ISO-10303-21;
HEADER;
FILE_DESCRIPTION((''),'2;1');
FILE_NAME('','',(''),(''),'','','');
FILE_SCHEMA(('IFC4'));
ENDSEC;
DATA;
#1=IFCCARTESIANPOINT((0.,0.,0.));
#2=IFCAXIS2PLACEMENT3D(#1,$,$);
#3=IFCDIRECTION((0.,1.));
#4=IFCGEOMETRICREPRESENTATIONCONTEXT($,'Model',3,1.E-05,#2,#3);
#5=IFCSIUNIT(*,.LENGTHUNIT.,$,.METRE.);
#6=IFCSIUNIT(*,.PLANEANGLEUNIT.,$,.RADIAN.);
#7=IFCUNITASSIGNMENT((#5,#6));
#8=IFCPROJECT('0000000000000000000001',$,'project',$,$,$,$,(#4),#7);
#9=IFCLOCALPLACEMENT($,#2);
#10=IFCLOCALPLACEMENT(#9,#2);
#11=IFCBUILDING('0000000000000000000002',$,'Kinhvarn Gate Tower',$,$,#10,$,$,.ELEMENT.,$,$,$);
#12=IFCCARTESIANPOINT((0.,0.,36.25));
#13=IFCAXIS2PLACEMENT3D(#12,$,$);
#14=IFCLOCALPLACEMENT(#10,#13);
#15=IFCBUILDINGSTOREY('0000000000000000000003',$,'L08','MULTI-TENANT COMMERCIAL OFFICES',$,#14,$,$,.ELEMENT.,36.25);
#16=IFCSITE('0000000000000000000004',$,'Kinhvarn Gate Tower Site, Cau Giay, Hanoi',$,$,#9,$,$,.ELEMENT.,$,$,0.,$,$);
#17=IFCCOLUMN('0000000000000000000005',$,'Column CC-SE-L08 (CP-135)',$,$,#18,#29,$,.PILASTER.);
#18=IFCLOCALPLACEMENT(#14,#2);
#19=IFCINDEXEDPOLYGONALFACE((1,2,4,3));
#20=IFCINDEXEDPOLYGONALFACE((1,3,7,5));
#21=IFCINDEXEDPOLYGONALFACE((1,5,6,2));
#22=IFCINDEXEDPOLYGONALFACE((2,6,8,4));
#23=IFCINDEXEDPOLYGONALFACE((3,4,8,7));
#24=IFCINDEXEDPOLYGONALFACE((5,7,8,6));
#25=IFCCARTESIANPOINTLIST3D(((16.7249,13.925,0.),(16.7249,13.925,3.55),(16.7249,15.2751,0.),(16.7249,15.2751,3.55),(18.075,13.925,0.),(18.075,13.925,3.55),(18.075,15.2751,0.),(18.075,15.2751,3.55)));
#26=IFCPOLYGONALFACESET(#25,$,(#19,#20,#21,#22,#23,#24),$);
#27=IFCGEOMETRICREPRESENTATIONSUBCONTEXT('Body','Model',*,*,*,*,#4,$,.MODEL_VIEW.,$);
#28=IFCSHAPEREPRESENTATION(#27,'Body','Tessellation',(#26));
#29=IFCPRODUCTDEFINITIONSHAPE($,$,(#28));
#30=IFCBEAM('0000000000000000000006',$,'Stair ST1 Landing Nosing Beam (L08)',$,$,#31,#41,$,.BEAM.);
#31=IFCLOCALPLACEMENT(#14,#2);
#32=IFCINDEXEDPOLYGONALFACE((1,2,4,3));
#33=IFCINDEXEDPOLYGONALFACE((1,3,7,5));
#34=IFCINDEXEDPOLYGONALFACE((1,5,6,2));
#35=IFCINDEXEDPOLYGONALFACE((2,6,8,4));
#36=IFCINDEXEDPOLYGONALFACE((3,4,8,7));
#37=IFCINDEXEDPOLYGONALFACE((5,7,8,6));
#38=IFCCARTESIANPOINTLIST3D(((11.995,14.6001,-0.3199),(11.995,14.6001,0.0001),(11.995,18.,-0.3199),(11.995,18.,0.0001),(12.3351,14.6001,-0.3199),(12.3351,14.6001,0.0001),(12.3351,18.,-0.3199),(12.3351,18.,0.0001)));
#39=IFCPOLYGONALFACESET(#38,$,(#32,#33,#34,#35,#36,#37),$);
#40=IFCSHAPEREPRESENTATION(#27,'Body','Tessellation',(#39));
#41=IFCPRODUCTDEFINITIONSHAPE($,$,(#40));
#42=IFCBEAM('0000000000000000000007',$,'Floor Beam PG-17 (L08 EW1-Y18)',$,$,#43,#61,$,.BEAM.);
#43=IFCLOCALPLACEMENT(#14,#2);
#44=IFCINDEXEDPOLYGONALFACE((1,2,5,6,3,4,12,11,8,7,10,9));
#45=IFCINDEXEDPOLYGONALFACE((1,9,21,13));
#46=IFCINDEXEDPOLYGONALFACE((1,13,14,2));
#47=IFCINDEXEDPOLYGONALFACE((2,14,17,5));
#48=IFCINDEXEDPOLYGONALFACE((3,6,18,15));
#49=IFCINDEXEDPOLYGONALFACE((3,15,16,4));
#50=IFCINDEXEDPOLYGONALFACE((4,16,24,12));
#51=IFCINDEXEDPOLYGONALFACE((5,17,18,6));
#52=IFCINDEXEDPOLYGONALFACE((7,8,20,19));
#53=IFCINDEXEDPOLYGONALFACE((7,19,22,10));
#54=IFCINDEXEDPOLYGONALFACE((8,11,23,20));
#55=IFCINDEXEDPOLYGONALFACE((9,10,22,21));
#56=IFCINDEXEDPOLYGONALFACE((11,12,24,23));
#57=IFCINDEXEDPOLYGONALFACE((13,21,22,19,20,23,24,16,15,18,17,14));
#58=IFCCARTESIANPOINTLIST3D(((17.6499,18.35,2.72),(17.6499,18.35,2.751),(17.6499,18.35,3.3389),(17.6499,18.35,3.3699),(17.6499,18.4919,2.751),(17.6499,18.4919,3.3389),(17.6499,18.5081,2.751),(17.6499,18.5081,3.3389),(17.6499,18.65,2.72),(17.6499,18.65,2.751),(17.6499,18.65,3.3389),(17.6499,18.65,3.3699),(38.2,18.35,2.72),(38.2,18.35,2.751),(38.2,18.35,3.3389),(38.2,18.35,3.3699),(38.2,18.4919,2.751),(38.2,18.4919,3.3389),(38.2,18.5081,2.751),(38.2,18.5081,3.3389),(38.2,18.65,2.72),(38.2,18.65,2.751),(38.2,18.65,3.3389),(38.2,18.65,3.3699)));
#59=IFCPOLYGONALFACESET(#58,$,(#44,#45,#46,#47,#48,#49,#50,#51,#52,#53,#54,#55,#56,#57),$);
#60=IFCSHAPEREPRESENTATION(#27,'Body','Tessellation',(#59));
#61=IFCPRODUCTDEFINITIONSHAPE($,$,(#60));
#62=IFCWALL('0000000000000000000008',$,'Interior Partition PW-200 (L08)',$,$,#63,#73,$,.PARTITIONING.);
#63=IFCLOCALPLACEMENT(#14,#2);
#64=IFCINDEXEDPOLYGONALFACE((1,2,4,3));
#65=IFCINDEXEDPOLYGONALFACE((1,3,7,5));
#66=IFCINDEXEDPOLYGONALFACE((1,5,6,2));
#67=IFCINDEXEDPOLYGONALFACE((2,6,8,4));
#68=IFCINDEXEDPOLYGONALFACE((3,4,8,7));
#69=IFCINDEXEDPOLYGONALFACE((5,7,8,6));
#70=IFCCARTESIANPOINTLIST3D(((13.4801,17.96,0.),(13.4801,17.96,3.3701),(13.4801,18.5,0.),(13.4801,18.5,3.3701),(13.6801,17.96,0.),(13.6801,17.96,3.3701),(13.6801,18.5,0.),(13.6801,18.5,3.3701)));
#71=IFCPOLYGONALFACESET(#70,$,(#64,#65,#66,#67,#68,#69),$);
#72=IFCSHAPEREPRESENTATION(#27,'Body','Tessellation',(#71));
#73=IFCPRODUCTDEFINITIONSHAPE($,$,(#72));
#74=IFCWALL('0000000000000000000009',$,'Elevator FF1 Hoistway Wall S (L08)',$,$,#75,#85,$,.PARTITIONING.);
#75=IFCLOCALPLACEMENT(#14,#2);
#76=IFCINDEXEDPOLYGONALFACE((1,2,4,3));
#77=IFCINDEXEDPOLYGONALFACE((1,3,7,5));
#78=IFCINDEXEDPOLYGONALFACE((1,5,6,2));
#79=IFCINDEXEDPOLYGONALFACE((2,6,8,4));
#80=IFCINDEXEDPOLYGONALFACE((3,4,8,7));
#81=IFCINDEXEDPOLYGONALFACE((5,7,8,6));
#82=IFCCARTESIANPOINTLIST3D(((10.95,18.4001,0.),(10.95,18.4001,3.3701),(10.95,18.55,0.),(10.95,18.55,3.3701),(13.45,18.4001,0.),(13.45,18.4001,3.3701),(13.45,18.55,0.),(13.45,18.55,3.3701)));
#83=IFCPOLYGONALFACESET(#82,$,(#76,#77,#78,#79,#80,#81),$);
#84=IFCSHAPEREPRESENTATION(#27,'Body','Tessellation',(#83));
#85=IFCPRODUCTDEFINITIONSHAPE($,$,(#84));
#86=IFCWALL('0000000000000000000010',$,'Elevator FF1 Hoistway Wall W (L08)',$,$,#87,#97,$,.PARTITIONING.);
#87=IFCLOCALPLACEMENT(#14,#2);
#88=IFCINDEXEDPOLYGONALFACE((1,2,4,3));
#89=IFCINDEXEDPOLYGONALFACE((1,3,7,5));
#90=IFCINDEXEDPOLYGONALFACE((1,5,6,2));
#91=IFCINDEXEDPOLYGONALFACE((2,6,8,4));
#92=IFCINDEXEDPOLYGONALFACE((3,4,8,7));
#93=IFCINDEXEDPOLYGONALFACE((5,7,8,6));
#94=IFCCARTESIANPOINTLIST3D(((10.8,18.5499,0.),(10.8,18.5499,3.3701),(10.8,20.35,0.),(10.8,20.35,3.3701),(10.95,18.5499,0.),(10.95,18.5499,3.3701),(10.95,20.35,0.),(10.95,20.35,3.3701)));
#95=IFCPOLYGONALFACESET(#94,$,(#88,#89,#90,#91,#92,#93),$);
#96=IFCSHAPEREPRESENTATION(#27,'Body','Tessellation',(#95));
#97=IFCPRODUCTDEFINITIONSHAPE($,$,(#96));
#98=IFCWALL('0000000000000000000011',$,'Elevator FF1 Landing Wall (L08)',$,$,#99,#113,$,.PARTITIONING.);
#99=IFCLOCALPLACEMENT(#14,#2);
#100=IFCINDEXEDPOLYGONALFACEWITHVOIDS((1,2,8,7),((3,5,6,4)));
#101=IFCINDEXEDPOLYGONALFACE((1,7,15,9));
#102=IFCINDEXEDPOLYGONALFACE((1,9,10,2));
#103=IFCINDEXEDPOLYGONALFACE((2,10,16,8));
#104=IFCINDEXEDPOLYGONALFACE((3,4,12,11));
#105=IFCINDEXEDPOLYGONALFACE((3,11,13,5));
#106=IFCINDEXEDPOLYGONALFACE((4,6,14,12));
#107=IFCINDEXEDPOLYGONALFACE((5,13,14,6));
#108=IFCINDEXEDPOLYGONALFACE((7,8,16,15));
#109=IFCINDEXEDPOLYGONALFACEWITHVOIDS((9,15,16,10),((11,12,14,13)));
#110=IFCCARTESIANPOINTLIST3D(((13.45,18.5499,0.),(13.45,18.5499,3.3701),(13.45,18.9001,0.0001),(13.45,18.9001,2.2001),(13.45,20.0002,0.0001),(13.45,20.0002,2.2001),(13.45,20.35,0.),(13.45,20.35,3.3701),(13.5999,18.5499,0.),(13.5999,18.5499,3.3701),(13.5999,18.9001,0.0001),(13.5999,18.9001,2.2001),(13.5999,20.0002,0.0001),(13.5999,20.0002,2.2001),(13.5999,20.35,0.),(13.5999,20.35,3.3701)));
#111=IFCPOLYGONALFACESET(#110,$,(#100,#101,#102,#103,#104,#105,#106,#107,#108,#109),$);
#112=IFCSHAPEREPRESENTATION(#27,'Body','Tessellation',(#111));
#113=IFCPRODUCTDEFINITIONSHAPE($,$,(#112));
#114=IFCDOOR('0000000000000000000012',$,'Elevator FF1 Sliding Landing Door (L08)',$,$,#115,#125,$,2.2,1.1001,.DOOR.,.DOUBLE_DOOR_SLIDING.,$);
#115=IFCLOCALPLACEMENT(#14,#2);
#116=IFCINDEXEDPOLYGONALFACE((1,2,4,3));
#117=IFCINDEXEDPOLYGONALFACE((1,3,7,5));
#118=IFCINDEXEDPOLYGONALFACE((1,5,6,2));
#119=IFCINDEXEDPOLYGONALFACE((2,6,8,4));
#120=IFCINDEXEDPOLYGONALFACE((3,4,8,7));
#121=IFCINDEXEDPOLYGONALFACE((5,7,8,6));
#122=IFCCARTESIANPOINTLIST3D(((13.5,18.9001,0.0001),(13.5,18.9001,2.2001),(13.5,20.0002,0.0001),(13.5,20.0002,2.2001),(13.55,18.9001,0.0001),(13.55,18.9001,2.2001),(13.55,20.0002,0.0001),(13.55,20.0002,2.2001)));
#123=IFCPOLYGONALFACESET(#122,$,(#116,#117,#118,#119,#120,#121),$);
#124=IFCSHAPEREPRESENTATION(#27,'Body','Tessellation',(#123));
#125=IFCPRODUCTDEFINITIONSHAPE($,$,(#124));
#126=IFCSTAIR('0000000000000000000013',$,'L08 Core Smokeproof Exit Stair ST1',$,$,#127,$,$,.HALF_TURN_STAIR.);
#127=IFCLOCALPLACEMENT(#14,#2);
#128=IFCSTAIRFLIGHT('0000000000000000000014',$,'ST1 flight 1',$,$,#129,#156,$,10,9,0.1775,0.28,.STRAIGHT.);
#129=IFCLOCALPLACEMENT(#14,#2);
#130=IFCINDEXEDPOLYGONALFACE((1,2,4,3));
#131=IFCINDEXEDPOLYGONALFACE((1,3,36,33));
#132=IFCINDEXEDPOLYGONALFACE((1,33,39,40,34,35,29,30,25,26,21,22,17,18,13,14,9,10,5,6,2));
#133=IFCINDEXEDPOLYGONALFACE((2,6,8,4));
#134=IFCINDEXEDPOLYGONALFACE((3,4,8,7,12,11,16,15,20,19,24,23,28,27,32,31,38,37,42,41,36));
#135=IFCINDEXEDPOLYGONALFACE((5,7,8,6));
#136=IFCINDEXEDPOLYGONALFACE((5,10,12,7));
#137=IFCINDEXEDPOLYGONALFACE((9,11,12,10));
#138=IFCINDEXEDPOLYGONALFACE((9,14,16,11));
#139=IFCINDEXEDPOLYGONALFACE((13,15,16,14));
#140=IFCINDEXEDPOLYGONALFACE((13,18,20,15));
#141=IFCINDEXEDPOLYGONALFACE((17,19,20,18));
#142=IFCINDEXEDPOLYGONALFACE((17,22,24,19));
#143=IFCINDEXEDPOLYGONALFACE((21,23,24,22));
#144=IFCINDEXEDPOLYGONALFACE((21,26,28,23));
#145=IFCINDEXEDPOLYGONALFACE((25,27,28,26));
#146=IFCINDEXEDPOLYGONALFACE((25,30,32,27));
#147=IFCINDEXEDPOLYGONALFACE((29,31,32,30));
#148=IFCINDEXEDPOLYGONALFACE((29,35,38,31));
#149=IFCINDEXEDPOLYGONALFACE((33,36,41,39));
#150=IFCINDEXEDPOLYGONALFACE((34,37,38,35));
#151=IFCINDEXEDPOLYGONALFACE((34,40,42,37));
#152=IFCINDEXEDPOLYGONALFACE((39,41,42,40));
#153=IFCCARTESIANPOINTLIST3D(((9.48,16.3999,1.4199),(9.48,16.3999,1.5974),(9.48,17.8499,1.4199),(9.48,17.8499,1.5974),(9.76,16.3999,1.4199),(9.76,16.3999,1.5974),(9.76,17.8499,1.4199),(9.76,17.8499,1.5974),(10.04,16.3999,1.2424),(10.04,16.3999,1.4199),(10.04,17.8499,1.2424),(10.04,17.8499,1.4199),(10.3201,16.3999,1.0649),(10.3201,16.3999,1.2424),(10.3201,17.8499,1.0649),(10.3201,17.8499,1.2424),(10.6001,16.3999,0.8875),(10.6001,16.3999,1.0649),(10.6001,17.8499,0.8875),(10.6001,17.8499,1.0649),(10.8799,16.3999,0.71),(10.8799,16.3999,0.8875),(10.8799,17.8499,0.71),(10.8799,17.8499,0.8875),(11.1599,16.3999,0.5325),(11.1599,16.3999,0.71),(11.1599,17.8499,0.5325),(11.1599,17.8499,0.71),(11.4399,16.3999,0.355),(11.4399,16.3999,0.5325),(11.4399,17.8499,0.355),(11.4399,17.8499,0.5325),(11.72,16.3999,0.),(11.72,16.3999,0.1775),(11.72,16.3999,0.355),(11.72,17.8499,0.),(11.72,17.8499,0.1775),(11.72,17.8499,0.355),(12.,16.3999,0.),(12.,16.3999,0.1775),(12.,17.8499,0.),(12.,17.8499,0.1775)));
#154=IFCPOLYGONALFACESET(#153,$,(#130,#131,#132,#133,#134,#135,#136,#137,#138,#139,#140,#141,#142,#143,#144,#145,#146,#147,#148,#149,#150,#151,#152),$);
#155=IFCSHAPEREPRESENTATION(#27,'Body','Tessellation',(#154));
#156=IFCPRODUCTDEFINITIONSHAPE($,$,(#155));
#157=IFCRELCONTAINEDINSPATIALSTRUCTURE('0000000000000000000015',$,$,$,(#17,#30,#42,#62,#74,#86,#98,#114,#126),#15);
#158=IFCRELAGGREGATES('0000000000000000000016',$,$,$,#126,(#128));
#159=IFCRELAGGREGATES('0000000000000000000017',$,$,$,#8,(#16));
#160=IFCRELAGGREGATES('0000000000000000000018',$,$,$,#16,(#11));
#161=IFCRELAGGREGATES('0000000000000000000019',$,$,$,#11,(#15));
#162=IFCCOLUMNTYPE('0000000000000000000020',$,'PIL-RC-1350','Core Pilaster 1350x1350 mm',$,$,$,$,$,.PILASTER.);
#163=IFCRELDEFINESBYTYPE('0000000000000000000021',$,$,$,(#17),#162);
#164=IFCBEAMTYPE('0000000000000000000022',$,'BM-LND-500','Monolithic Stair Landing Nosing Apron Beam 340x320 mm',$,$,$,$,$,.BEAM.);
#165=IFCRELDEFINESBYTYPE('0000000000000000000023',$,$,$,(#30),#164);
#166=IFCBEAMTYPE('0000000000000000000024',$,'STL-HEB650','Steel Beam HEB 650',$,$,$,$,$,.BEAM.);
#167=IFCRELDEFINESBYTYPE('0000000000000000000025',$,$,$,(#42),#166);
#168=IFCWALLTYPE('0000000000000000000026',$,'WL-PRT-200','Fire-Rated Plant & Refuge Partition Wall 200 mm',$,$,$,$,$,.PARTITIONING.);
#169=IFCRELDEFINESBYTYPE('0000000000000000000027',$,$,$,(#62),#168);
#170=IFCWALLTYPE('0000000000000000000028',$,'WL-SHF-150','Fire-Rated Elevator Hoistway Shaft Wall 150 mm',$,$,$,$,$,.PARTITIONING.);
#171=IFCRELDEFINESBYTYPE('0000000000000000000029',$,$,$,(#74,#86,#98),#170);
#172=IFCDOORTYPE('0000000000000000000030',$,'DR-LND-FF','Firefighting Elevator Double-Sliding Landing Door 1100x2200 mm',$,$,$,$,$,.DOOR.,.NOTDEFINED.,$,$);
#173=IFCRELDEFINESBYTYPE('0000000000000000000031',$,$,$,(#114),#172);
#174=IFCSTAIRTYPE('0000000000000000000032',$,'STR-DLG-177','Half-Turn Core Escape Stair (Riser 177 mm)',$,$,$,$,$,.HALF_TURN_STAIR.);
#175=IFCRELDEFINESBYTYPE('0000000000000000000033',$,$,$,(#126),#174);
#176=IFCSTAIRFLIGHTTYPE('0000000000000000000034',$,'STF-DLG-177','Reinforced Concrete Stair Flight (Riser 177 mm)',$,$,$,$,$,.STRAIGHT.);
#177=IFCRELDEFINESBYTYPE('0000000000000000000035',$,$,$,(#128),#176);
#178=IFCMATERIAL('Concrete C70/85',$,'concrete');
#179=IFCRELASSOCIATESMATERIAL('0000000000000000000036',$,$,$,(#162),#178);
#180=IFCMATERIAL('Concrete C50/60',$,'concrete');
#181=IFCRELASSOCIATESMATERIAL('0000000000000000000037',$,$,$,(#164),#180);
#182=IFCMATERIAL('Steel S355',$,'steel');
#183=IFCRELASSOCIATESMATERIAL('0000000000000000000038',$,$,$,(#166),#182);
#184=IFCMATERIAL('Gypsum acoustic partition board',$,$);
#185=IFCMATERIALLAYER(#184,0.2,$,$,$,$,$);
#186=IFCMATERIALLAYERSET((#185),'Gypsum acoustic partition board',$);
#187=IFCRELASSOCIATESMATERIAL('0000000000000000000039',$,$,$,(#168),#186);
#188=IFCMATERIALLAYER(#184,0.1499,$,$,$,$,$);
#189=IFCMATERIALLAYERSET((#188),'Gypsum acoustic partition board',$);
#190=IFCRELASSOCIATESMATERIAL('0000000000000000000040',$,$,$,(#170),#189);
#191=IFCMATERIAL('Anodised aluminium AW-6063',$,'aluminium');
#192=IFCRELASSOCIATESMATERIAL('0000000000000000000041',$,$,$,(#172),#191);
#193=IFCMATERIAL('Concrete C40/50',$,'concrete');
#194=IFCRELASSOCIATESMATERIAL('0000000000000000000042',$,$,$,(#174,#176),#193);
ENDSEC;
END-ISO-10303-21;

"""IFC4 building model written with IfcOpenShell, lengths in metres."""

from ifc_helpers import new_model, si_unit, direction, frame, frame_2d, origin, origin_2d, place, context, subcontext, project, spatial, polyline, rectangle, i_section, outline, extrude, material, layer, layer_set, material_profile, profile_set, type_object, element, fill, aggregate, save


model = new_model("IFC4")

# Units and contexts
model_context = context("Model", 3, precision=1e-05, world=origin(), true_north=direction((0.0, 1.0)))
body_context = subcontext(model_context, "Body", "Model", "MODEL_VIEW")
ifc_project = project(units=[si_unit("LENGTHUNIT", "METRE"), si_unit("PLANEANGLEUNIT", "RADIAN")], contexts=[model_context])

# Site, building, storey
site_placement = place(None, origin())
site = spatial("IfcSite", under=ifc_project, at=site_placement, Name="Kinhvarn Gate Tower Site, Cau Giay, Hanoi", CompositionType="ELEMENT", RefElevation=0.0)
building_placement = place(site_placement, origin())
building = spatial("IfcBuilding", under=site, at=building_placement, Name="Kinhvarn Gate Tower", CompositionType="ELEMENT")
storey_placement = place(building_placement, frame((0.0, 0.0, 36.25)))
storey = spatial("IfcBuildingStorey", under=building, at=storey_placement, Name="L08", Description="MULTI-TENANT COMMERCIAL OFFICES", CompositionType="ELEMENT", Elevation=36.25)

# Column
ifc_material_1 = material(Name="Concrete C70/85", Category="concrete")
ifc_material_profile_1 = material_profile(ifc_material_1, rectangle(XDim=1.3501, YDim=1.3501, at=origin_2d()), Name="RC 1350x1350")
ifc_profile_set_1 = profile_set([ifc_material_profile_1], Name="Concrete C70/85")
column_type = type_object("IfcColumnType", Name="PIL-RC-1350", Description="Core Pilaster 1350x1350 mm", PredefinedType="PILASTER", material=ifc_profile_set_1)
column_placement = place(storey_placement, frame((17.3999, 14.6001, 0.0), z_axis=(0.0, 0.0, 1.0), x_axis=(1.0, 0.0, 0.0)))
element("IfcColumn", 1, at=column_placement, inside=storey, type_object=column_type, Name="Column CC-SE-L08 (CP-135)", PredefinedType="PILASTER", context=body_context, shape_type="SweptSolid", body=[
    extrude(rectangle(XDim=1.3501, YDim=1.3501, at=origin_2d()), origin(), (0.0, 0.0, 1.0), 3.55),
])

# Beams
ifc_material_2 = material(Name="Concrete C50/60", Category="concrete")
ifc_material_profile_2 = material_profile(ifc_material_2, rectangle(XDim=0.3401, YDim=0.3201, at=origin_2d()), Name="RC 340x320")
ifc_profile_set_2 = profile_set([ifc_material_profile_2], Name="Concrete C50/60")
beam_type_1 = type_object("IfcBeamType", Name="BM-LND-500", Description="Monolithic Stair Landing Nosing Apron Beam 340x320 mm", PredefinedType="BEAM", material=ifc_profile_set_2)
beam_1_placement = place(storey_placement, frame((12.165, 14.6001, -0.1599), z_axis=(0.0, 1.0, 0.0), x_axis=(-1.0, 0.0, 0.0)))
element("IfcBeam", 2, at=beam_1_placement, inside=storey, type_object=beam_type_1, Name="Stair ST1 Landing Nosing Beam (L08)", PredefinedType="BEAM", context=body_context, shape_type="SweptSolid", body=[
    extrude(rectangle(XDim=0.3401, YDim=0.3201, at=origin_2d()), origin(), (0.0, 0.0, 1.0), 3.3999),
])
ifc_material_3 = material(Name="Steel S355", Category="steel")
ifc_material_profile_3 = material_profile(ifc_material_3, i_section(OverallWidth=0.3, OverallDepth=0.6499, WebThickness=0.0161, FlangeThickness=0.031, at=origin_2d()), Name="HEB 650")
ifc_profile_set_3 = profile_set([ifc_material_profile_3], Name="Steel S355")
beam_type_2 = type_object("IfcBeamType", Name="STL-HEB650", Description="Steel Beam HEB 650", PredefinedType="BEAM", material=ifc_profile_set_3)
beam_2_placement = place(storey_placement, frame((17.6499, 18.5, 3.0449), z_axis=(1.0, 0.0, 0.0), x_axis=(0.0, 1.0, 0.0)))
element("IfcBeam", 3, at=beam_2_placement, inside=storey, type_object=beam_type_2, Name="Floor Beam PG-17 (L08 EW1-Y18)", PredefinedType="BEAM", context=body_context, shape_type="SweptSolid", body=[
    extrude(i_section(OverallWidth=0.3, OverallDepth=0.6499, WebThickness=0.0161, FlangeThickness=0.031, at=origin_2d()), origin(), (0.0, 0.0, 1.0), 20.55),
])

# Shared definitions
ifc_material_4 = material(Name="Anodised aluminium AW-6063", Category="aluminium")

# Walls
ifc_material_5 = material(Name="Gypsum acoustic partition board")
ifc_layer_1 = layer(ifc_material_5, 0.2)
ifc_layer_set_1 = layer_set([ifc_layer_1], Name="Gypsum acoustic partition board")
wall_type_1 = type_object("IfcWallType", Name="WL-PRT-200", Description="Fire-Rated Plant & Refuge Partition Wall 200 mm", PredefinedType="PARTITIONING", material=ifc_layer_set_1)
wall_1_placement = place(storey_placement, frame((13.5801, 17.96, 0.0), z_axis=(0.0, 0.0, 1.0), x_axis=(0.0, 1.0, 0.0)))
element("IfcWall", 4, at=wall_1_placement, inside=storey, type_object=wall_type_1, Name="Interior Partition PW-200 (L08)", PredefinedType="PARTITIONING", context=body_context, shape_type="SweptSolid", body=[
    extrude(rectangle(XDim=0.54, YDim=0.2, at=frame_2d((0.27, 0.0))), origin(), (0.0, 0.0, 1.0), 3.3701),
])
ifc_layer_2 = layer(ifc_material_5, 0.1499)
ifc_layer_set_2 = layer_set([ifc_layer_2], Name="Gypsum acoustic partition board")
wall_type_2 = type_object("IfcWallType", Name="WL-SHF-150", Description="Fire-Rated Elevator Hoistway Shaft Wall 150 mm", PredefinedType="PARTITIONING", material=ifc_layer_set_2)
wall_2_placement = place(storey_placement, frame((10.95, 18.4751, 0.0), z_axis=(0.0, 0.0, 1.0), x_axis=(1.0, 0.0, 0.0)))
element("IfcWall", 5, at=wall_2_placement, inside=storey, type_object=wall_type_2, Name="Elevator FF1 Hoistway Wall S (L08)", PredefinedType="PARTITIONING", context=body_context, shape_type="SweptSolid", body=[
    extrude(rectangle(XDim=2.5, YDim=0.1499, at=frame_2d((1.25, 0.0))), origin(), (0.0, 0.0, 1.0), 3.3701),
])
wall_3_placement = place(storey_placement, frame((10.875, 18.55, 0.0), z_axis=(0.0, 0.0, 1.0), x_axis=(0.0, 1.0, 0.0)))
element("IfcWall", 6, at=wall_3_placement, inside=storey, type_object=wall_type_2, Name="Elevator FF1 Hoistway Wall W (L08)", PredefinedType="PARTITIONING", context=body_context, shape_type="SweptSolid", body=[
    extrude(rectangle(XDim=1.8, YDim=0.1499, at=frame_2d((0.8999, 0.0))), origin(), (0.0, 0.0, 1.0), 3.3701),
])

# Wall, opening, door
wall_4_placement = place(storey_placement, frame((13.5249, 18.55, 0.0), z_axis=(0.0, 0.0, 1.0), x_axis=(0.0, 1.0, 0.0)))
wall_4 = element("IfcWall", 7, at=wall_4_placement, inside=storey, type_object=wall_type_2, Name="Elevator FF1 Landing Wall (L08)", PredefinedType="PARTITIONING", context=body_context, shape_type="SweptSolid", body=[
    extrude(rectangle(XDim=1.8, YDim=0.1499, at=frame_2d((0.8999, 0.0))), origin(), (0.0, 0.0, 1.0), 3.3701),
])
opening_1_placement = place(wall_4_placement, frame((0.3501, 0.0, 0.0)))
opening_1 = element("IfcOpeningElement", 8, at=opening_1_placement, cuts=wall_4, PredefinedType="OPENING", context=body_context, shape_type="SweptSolid", body=[
    extrude(rectangle(XDim=1.1001, YDim=2.2, at=frame_2d((0.55, 1.1001))), frame((0.0, 0.085, 0.0), z_axis=(0.0, -1.0, 0.0), x_axis=(1.0, 0.0, 0.0)), (0.0, 0.0, 1.0), 0.1699),
])
door_type_1 = type_object("IfcDoorType", Name="DR-LND-FF", Description="Firefighting Elevator Double-Sliding Landing Door 1100x2200 mm", OperationType="NOTDEFINED", PredefinedType="DOOR", material=ifc_material_4)
door_1_placement = place(opening_1_placement, origin())
door_1 = element("IfcDoor", 9, at=door_1_placement, inside=storey, type_object=door_type_1, Name="Elevator FF1 Sliding Landing Door (L08)", OperationType="DOUBLE_DOOR_SLIDING", OverallHeight=2.2, OverallWidth=1.1001, PredefinedType="DOOR", context=body_context, shape_type="SweptSolid", body=[
    extrude(rectangle(XDim=1.1001, YDim=2.2, at=frame_2d((0.55, 1.1001))), frame((0.0, 0.0249, 0.0), z_axis=(0.0, -1.0, 0.0), x_axis=(1.0, 0.0, 0.0)), (0.0, 0.0, 1.0), 0.05),
])
fill(opening_1, door_1)
ifc_material_6 = material(Name="Concrete C40/50", Category="concrete")

# Stair, stair flight
stair_type = type_object("IfcStairType", Name="STR-DLG-177", Description="Half-Turn Core Escape Stair (Riser 177 mm)", PredefinedType="HALF_TURN_STAIR", material=ifc_material_6)
stair_placement = place(storey_placement, origin())
stair = element("IfcStair", 10, at=stair_placement, inside=storey, type_object=stair_type, Name="L08 Core Smokeproof Exit Stair ST1", PredefinedType="HALF_TURN_STAIR")
stair_flight_type = type_object("IfcStairFlightType", Name="STF-DLG-177", Description="Reinforced Concrete Stair Flight (Riser 177 mm)", PredefinedType="STRAIGHT", material=ifc_material_6)
stair_flight_1_placement = place(storey_placement, frame((12.0, 17.125, 0.0), z_axis=(0.0, 0.0, 1.0), x_axis=(-1.0, 0.0, 0.0)))
stair_flight_1 = element("IfcStairFlight", 11, at=stair_flight_1_placement, type_object=stair_flight_type, Name="ST1 flight 1", NumberOfRisers=10, NumberOfTreads=9, PredefinedType="STRAIGHT", RiserHeight=0.1775, TreadLength=0.28, context=body_context, shape_type="SweptSolid", body=[
    extrude(outline(polyline([(0.0, 0.0), (0.0, 0.1775), (0.28, 0.1775), (0.28, 0.355), (0.5601, 0.355), (0.5601, 0.5325), (0.8401, 0.5325), (0.8401, 0.71), (1.1201, 0.71), (1.1201, 0.8875), (1.3999, 0.8875), (1.3999, 1.0649), (1.6799, 1.0649), (1.6799, 1.2424), (1.96, 1.2424), (1.96, 1.4199), (2.24, 1.4199), (2.24, 1.5974), (2.52, 1.5974), (2.52, 1.7749), (2.52, 1.4199), (0.28, 0.0), (0.0, 0.0)])), frame((0.0, 0.7251, 0.0), z_axis=(0.0, -1.0, 0.0), x_axis=(1.0, 0.0, 0.0)), (0.0, 0.0, 1.0), 1.45),
])
aggregate(stair, [stair_flight_1])

save(model, "model.ifc")
